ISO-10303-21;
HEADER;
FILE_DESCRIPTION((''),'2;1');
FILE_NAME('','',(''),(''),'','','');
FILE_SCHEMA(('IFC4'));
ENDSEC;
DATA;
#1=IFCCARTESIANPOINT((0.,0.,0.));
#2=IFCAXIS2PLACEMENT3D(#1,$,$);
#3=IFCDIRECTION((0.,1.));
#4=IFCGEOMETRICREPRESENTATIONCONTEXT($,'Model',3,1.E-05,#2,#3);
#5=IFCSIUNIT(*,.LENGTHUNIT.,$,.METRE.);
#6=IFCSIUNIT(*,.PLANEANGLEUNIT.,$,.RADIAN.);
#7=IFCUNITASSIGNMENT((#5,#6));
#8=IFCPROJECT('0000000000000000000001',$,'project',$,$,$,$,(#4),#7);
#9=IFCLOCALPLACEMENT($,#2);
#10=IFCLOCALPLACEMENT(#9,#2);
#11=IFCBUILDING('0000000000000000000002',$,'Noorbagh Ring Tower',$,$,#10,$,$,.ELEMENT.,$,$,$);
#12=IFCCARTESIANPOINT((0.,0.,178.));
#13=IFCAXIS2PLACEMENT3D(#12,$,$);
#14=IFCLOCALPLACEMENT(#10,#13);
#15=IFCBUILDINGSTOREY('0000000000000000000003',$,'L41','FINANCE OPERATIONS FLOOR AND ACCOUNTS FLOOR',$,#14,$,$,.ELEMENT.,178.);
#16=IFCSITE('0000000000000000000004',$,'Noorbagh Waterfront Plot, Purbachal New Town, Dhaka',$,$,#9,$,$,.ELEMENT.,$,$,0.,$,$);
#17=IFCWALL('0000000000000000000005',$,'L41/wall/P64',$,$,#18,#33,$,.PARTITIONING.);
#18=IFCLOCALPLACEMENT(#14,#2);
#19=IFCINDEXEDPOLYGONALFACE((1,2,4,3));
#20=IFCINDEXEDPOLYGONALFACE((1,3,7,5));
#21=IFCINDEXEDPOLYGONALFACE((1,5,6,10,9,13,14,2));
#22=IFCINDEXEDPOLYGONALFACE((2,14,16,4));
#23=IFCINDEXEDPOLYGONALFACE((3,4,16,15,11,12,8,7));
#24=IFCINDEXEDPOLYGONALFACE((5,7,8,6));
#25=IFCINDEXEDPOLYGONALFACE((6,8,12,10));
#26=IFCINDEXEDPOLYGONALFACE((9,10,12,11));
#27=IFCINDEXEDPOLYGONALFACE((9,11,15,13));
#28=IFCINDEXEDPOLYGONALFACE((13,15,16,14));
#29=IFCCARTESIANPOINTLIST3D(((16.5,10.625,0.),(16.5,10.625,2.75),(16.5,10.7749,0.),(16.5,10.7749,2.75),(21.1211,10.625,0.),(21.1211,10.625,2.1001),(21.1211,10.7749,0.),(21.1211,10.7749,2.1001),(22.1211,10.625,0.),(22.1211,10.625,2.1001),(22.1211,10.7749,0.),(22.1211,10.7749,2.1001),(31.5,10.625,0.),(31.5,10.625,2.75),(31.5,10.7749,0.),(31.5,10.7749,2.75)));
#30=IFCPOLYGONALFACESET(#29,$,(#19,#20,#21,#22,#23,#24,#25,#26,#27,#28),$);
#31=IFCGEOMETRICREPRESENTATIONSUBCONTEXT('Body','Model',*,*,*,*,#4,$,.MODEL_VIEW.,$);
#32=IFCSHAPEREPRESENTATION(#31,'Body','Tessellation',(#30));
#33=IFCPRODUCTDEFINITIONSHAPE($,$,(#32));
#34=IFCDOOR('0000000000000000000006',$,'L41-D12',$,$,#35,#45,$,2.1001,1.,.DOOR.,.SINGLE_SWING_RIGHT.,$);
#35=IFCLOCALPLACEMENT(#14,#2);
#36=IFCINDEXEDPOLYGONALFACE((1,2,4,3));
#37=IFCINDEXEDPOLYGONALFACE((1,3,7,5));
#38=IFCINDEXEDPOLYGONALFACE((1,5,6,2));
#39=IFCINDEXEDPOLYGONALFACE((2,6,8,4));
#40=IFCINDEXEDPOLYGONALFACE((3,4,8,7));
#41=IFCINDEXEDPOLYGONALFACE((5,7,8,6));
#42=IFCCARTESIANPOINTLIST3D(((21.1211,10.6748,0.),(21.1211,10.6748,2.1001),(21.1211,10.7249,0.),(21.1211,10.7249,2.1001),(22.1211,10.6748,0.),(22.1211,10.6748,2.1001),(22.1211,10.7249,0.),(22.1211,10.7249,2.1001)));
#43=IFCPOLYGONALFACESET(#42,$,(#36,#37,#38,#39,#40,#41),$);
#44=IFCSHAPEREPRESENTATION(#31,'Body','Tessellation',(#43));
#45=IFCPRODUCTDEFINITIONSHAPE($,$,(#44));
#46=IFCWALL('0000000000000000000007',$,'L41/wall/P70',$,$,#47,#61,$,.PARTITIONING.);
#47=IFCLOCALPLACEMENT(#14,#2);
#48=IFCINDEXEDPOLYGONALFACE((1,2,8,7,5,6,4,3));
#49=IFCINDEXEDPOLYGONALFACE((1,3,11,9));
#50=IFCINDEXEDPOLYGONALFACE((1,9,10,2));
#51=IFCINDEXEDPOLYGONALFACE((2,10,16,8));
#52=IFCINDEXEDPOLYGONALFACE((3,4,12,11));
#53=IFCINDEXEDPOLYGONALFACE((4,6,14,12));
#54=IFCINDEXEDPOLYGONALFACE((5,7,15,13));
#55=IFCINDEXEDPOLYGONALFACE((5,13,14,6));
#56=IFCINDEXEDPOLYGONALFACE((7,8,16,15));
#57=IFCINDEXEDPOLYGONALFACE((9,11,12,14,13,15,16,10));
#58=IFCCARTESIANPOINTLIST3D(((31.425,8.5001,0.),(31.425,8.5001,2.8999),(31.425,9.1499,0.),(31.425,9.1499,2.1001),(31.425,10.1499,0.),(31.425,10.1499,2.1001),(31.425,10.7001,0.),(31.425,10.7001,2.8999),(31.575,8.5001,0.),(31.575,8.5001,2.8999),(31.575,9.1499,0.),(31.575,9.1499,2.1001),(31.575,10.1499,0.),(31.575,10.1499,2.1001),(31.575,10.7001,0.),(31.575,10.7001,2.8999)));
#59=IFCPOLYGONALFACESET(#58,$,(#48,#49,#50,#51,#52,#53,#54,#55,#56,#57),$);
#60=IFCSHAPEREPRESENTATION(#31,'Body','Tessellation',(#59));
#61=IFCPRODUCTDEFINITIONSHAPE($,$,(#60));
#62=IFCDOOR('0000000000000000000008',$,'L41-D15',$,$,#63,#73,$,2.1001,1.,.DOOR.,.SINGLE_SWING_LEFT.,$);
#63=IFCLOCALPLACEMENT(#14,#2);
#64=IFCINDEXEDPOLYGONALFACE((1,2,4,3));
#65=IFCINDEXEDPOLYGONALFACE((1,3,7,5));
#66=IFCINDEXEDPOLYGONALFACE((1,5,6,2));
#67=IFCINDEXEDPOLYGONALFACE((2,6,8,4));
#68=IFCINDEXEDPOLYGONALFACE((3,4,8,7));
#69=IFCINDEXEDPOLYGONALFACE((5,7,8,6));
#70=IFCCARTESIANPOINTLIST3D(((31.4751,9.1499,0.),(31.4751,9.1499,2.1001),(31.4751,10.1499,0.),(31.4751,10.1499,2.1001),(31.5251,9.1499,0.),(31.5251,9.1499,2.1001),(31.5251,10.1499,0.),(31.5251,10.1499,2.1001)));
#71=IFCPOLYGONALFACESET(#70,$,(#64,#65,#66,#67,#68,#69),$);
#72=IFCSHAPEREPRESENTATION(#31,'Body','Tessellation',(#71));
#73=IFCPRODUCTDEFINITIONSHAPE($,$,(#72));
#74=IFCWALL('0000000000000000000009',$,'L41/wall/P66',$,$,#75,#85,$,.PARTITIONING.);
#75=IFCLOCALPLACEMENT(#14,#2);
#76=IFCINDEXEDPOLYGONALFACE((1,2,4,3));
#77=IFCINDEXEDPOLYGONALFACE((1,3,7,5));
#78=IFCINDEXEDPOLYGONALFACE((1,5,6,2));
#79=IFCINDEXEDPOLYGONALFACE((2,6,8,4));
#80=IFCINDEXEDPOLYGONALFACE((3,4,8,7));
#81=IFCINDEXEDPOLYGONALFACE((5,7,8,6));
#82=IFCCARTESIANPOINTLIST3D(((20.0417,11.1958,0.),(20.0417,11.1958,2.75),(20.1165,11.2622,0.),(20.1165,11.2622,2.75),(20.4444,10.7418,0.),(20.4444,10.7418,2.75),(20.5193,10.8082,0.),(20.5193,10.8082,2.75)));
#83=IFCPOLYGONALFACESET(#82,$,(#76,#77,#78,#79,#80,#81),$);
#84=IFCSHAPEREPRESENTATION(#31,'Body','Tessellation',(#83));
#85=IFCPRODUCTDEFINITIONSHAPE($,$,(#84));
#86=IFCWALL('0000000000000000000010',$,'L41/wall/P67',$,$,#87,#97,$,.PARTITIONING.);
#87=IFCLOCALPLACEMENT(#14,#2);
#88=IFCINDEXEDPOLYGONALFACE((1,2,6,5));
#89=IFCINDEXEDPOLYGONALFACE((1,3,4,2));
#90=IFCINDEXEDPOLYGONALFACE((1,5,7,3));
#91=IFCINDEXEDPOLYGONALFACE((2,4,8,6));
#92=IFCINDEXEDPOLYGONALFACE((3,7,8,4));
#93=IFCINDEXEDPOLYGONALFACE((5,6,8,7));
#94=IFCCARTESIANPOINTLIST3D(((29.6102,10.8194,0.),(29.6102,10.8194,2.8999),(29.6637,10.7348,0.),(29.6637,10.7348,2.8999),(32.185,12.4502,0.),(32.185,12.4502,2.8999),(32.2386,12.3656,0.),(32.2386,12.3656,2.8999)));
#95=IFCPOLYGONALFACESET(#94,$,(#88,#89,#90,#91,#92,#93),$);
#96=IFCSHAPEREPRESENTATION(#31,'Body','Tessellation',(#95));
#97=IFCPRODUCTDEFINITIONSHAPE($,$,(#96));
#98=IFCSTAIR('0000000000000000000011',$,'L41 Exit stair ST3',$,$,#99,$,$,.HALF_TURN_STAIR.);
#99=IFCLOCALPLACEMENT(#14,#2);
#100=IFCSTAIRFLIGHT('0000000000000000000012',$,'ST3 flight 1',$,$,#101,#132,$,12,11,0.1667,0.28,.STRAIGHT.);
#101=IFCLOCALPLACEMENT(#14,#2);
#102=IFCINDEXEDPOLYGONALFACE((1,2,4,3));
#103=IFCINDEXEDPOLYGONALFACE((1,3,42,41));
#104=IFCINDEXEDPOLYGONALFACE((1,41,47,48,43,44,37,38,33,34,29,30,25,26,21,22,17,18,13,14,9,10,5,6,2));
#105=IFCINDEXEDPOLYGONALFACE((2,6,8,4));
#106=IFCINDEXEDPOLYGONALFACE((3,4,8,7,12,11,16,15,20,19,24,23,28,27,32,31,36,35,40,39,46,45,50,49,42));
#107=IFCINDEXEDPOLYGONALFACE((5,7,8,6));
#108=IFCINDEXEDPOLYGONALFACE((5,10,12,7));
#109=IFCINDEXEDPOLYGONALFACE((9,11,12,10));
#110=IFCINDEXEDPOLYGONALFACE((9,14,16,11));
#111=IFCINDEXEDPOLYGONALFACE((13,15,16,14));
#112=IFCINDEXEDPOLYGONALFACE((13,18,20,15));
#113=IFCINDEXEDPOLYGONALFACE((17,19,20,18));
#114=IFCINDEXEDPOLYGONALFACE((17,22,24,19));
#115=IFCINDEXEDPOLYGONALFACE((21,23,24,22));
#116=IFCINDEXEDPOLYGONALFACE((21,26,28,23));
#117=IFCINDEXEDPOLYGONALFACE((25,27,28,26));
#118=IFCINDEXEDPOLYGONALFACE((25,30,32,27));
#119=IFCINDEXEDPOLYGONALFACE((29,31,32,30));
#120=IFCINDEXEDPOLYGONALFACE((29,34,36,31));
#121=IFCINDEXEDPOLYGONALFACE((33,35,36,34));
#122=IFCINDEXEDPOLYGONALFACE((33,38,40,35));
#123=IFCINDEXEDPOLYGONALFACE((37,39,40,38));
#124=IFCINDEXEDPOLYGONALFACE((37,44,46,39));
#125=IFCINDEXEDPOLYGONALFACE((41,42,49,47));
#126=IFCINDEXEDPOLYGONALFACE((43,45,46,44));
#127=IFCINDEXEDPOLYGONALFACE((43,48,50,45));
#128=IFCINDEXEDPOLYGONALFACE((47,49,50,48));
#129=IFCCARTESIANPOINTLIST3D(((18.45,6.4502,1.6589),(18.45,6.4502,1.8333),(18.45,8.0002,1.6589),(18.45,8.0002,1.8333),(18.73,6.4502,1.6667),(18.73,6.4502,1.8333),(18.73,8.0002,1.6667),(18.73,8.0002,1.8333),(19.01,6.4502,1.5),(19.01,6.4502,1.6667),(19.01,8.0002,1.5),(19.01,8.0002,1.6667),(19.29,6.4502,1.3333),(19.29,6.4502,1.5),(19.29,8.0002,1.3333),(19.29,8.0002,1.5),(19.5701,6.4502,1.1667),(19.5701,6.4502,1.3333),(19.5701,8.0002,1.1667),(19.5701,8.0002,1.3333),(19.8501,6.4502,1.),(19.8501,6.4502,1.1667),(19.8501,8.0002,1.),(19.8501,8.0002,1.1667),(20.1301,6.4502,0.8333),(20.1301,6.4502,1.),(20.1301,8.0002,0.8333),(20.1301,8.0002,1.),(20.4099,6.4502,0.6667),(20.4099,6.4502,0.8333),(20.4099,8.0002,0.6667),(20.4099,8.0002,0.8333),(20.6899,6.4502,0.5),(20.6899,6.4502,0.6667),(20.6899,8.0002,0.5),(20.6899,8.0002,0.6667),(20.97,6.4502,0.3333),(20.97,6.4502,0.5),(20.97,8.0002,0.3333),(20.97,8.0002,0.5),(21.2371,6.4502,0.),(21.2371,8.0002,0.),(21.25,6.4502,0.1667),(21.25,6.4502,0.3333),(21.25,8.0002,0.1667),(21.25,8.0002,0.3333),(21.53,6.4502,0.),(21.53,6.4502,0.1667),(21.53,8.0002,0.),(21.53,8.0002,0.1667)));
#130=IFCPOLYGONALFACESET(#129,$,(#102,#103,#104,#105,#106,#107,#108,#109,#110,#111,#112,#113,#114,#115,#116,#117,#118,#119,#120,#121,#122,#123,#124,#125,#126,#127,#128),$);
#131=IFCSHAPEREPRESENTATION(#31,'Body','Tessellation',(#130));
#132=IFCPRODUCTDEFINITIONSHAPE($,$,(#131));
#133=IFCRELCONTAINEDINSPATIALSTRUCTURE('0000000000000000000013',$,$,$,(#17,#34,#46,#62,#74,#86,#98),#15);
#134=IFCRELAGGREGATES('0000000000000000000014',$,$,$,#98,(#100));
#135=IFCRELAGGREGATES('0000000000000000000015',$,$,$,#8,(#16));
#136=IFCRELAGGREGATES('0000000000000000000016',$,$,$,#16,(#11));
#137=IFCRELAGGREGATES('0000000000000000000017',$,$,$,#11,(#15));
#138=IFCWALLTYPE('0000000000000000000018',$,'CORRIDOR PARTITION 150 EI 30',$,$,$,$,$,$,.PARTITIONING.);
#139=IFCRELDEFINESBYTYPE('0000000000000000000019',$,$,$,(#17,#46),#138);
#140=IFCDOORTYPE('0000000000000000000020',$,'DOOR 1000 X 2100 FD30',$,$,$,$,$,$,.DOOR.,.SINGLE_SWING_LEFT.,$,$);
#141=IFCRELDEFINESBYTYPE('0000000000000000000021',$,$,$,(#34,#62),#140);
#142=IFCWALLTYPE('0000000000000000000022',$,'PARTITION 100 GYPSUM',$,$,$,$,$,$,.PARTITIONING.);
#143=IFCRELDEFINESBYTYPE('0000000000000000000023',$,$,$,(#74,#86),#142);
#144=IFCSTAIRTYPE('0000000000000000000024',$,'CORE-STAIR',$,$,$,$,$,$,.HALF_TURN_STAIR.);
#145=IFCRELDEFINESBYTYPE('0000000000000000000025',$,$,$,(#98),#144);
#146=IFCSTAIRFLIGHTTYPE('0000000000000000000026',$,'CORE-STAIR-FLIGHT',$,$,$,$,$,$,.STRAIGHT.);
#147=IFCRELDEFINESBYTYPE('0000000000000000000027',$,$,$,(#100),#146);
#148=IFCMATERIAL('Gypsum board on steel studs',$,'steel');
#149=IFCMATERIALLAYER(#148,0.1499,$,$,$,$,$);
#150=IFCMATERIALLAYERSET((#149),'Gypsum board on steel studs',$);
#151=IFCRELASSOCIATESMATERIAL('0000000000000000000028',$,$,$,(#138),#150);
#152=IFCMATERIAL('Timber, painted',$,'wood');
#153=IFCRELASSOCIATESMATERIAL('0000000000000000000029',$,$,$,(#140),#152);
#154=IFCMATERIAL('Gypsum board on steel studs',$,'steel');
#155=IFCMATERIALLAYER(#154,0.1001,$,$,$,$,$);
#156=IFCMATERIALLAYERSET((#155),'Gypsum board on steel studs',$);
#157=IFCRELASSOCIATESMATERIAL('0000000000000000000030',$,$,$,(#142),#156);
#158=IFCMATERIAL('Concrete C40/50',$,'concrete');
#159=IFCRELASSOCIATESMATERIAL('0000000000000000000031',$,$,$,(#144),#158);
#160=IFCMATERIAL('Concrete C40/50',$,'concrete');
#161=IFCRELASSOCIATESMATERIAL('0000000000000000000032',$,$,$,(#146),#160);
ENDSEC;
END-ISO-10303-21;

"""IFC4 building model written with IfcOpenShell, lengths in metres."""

from ifc_helpers import new_model, si_unit, direction, frame, frame_2d, origin, place, context, subcontext, project, spatial, polyline, rectangle, outline, extrude, material, layer, layer_set, type_object, element, fill, aggregate, save


model = new_model("IFC4")

# Units and contexts
model_context = context("Model", 3, precision=1e-05, world=origin(), true_north=direction((0.0, 1.0)))
body_context = subcontext(model_context, "Body", "Model", "MODEL_VIEW")
ifc_project = project(units=[si_unit("LENGTHUNIT", "METRE"), si_unit("PLANEANGLEUNIT", "RADIAN")], contexts=[model_context])

# Site, building, storey
site_placement = place(None, origin())
site = spatial("IfcSite", under=ifc_project, at=site_placement, Name="Noorbagh Waterfront Plot, Purbachal New Town, Dhaka", CompositionType="ELEMENT", RefElevation=0.0)
building_placement = place(site_placement, origin())
building = spatial("IfcBuilding", under=site, at=building_placement, Name="Noorbagh Ring Tower", CompositionType="ELEMENT")
storey_placement = place(building_placement, frame((0.0, 0.0, 178.0)))
storey = spatial("IfcBuildingStorey", under=building, at=storey_placement, Name="L41", Description="FINANCE OPERATIONS FLOOR AND ACCOUNTS FLOOR", CompositionType="ELEMENT", Elevation=178.0)

# Shared definitions
ifc_material_1 = material(Name="Gypsum board on steel studs", Category="steel")
ifc_layer_1 = layer(ifc_material_1, 0.1499)
ifc_layer_set_1 = layer_set([ifc_layer_1], Name="Gypsum board on steel studs")
wall_type_1 = type_object("IfcWallType", Name="CORRIDOR PARTITION 150 EI 30", PredefinedType="PARTITIONING", material=ifc_layer_set_1)

# Walls, openings, doors
wall_1_placement = place(storey_placement, frame((16.5, 10.7, 0.0), z_axis=(0.0, 0.0, 1.0), x_axis=(1.0, 0.0, 0.0)))
wall_1 = element("IfcWall", 1, at=wall_1_placement, inside=storey, type_object=wall_type_1, Name="L41/wall/P64", PredefinedType="PARTITIONING", context=body_context, shape_type="SweptSolid", body=[
    extrude(rectangle(XDim=15.0, YDim=0.1499, at=frame_2d((7.5, 0.0))), origin(), (0.0, 0.0, 1.0), 2.75),
])
opening_1_placement = place(wall_1_placement, frame((4.6211, 0.0, 0.0)))
opening_1 = element("IfcOpeningElement", 2, at=opening_1_placement, cuts=wall_1, PredefinedType="OPENING", context=body_context, shape_type="SweptSolid", body=[
    extrude(rectangle(XDim=1.0, YDim=2.1001, at=frame_2d((0.5, 1.05))), frame((0.0, 0.085, 0.0), z_axis=(0.0, -1.0, 0.0), x_axis=(1.0, 0.0, 0.0)), (0.0, 0.0, 1.0), 0.1699),
])
ifc_material_2 = material(Name="Timber, painted", Category="wood")
door_type = type_object("IfcDoorType", Name="DOOR 1000 X 2100 FD30", OperationType="SINGLE_SWING_LEFT", PredefinedType="DOOR", material=ifc_material_2)
door_1_placement = place(opening_1_placement, origin())
door_1 = element("IfcDoor", 3, at=door_1_placement, inside=storey, type_object=door_type, Name="L41-D12", OperationType="SINGLE_SWING_RIGHT", OverallHeight=2.1001, OverallWidth=1.0, PredefinedType="DOOR", context=body_context, shape_type="SweptSolid", body=[
    extrude(rectangle(XDim=1.0, YDim=2.1001, at=frame_2d((0.5, 1.05))), frame((0.0, 0.0249, 0.0), z_axis=(0.0, -1.0, 0.0), x_axis=(1.0, 0.0, 0.0)), (0.0, 0.0, 1.0), 0.05),
])
fill(opening_1, door_1)
wall_2_placement = place(storey_placement, frame((31.5, 8.5, 0.0), z_axis=(0.0, 0.0, 1.0), x_axis=(0.0, 1.0, 0.0)))
wall_2 = element("IfcWall", 4, at=wall_2_placement, inside=storey, type_object=wall_type_1, Name="L41/wall/P70", PredefinedType="PARTITIONING", context=body_context, shape_type="SweptSolid", body=[
    extrude(rectangle(XDim=2.2, YDim=0.1499, at=frame_2d((1.1001, 0.0))), origin(), (0.0, 0.0, 1.0), 2.8999),
])
opening_2_placement = place(wall_2_placement, frame((0.6499, 0.0, 0.0)))
opening_2 = element("IfcOpeningElement", 5, at=opening_2_placement, cuts=wall_2, PredefinedType="OPENING", context=body_context, shape_type="SweptSolid", body=[
    extrude(rectangle(XDim=1.0, YDim=2.1001, at=frame_2d((0.5, 1.05))), frame((0.0, 0.085, 0.0), z_axis=(0.0, -1.0, 0.0), x_axis=(1.0, 0.0, 0.0)), (0.0, 0.0, 1.0), 0.1699),
])
door_2_placement = place(opening_2_placement, origin())
door_2 = element("IfcDoor", 6, at=door_2_placement, inside=storey, type_object=door_type, Name="L41-D15", OperationType="SINGLE_SWING_LEFT", OverallHeight=2.1001, OverallWidth=1.0, PredefinedType="DOOR", context=body_context, shape_type="SweptSolid", body=[
    extrude(rectangle(XDim=1.0, YDim=2.1001, at=frame_2d((0.5, 1.05))), frame((0.0, 0.0249, 0.0), z_axis=(0.0, -1.0, 0.0), x_axis=(1.0, 0.0, 0.0)), (0.0, 0.0, 1.0), 0.05),
])
fill(opening_2, door_2)

# Walls
ifc_material_3 = material(Name="Gypsum board on steel studs", Category="steel")
ifc_layer_2 = layer(ifc_material_3, 0.1001)
ifc_layer_set_2 = layer_set([ifc_layer_2], Name="Gypsum board on steel studs")
wall_type_2 = type_object("IfcWallType", Name="PARTITION 100 GYPSUM", PredefinedType="PARTITIONING", material=ifc_layer_set_2)
wall_3_placement = place(storey_placement, frame((20.0791, 11.229, 0.0), z_axis=(0.0, 0.0, 1.0), x_axis=(0.663615, -0.748075, 0.0)))
element("IfcWall", 7, at=wall_3_placement, inside=storey, type_object=wall_type_2, Name="L41/wall/P66", PredefinedType="PARTITIONING", context=body_context, shape_type="SweptSolid", body=[
    extrude(rectangle(XDim=0.6069, YDim=0.1001, at=frame_2d((0.3035, 0.0))), origin(), (0.0, 0.0, 1.0), 2.75),
])
wall_4_placement = place(storey_placement, frame((29.637, 10.7771, 0.0), z_axis=(0.0, 0.0, 1.0), x_axis=(0.844811, 0.535065, 0.0)))
element("IfcWall", 8, at=wall_4_placement, inside=storey, type_object=wall_type_2, Name="L41/wall/P67", PredefinedType="PARTITIONING", context=body_context, shape_type="SweptSolid", body=[
    extrude(rectangle(XDim=3.0479, YDim=0.1001, at=frame_2d((1.5239, 0.0))), origin(), (0.0, 0.0, 1.0), 2.8999),
])

# Stair, stair flight
ifc_material_4 = material(Name="Concrete C40/50", Category="concrete")
stair_type = type_object("IfcStairType", Name="CORE-STAIR", PredefinedType="HALF_TURN_STAIR", material=ifc_material_4)
stair_placement = place(storey_placement, origin())
stair = element("IfcStair", 9, at=stair_placement, inside=storey, type_object=stair_type, Name="L41 Exit stair ST3", PredefinedType="HALF_TURN_STAIR")
ifc_material_5 = material(Name="Concrete C40/50", Category="concrete")
stair_flight_type = type_object("IfcStairFlightType", Name="CORE-STAIR-FLIGHT", PredefinedType="STRAIGHT", material=ifc_material_5)
stair_flight_placement = place(storey_placement, frame((21.53, 7.2251, 0.0), z_axis=(0.0, 0.0, 1.0), x_axis=(-1.0, 0.0, 0.0)))
stair_flight = element("IfcStairFlight", 10, at=stair_flight_placement, type_object=stair_flight_type, Name="ST3 flight 1", NumberOfRisers=12, NumberOfTreads=11, PredefinedType="STRAIGHT", RiserHeight=0.1667, TreadLength=0.28, context=body_context, shape_type="SweptSolid", body=[
    extrude(outline(polyline([(0.0, 0.0), (0.0, 0.1667), (0.28, 0.1667), (0.28, 0.3333), (0.5601, 0.3333), (0.5601, 0.5), (0.8401, 0.5), (0.8401, 0.6667), (1.1201, 0.6667), (1.1201, 0.8333), (1.3999, 0.8333), (1.3999, 1.0), (1.6799, 1.0), (1.6799, 1.1667), (1.96, 1.1667), (1.96, 1.3333), (2.24, 1.3333), (2.24, 1.5), (2.52, 1.5), (2.52, 1.6667), (2.8, 1.6667), (2.8, 1.8333), (3.0801, 1.8333), (3.0801, 2.0), (3.0801, 1.6589), (0.293, 0.0), (0.0, 0.0)])), frame((0.0, 0.7749, 0.0), z_axis=(0.0, -1.0, 0.0), x_axis=(1.0, 0.0, 0.0)), (0.0, 0.0, 1.0), 1.55),
])
aggregate(stair, [stair_flight])

save(model, "model.ifc")
